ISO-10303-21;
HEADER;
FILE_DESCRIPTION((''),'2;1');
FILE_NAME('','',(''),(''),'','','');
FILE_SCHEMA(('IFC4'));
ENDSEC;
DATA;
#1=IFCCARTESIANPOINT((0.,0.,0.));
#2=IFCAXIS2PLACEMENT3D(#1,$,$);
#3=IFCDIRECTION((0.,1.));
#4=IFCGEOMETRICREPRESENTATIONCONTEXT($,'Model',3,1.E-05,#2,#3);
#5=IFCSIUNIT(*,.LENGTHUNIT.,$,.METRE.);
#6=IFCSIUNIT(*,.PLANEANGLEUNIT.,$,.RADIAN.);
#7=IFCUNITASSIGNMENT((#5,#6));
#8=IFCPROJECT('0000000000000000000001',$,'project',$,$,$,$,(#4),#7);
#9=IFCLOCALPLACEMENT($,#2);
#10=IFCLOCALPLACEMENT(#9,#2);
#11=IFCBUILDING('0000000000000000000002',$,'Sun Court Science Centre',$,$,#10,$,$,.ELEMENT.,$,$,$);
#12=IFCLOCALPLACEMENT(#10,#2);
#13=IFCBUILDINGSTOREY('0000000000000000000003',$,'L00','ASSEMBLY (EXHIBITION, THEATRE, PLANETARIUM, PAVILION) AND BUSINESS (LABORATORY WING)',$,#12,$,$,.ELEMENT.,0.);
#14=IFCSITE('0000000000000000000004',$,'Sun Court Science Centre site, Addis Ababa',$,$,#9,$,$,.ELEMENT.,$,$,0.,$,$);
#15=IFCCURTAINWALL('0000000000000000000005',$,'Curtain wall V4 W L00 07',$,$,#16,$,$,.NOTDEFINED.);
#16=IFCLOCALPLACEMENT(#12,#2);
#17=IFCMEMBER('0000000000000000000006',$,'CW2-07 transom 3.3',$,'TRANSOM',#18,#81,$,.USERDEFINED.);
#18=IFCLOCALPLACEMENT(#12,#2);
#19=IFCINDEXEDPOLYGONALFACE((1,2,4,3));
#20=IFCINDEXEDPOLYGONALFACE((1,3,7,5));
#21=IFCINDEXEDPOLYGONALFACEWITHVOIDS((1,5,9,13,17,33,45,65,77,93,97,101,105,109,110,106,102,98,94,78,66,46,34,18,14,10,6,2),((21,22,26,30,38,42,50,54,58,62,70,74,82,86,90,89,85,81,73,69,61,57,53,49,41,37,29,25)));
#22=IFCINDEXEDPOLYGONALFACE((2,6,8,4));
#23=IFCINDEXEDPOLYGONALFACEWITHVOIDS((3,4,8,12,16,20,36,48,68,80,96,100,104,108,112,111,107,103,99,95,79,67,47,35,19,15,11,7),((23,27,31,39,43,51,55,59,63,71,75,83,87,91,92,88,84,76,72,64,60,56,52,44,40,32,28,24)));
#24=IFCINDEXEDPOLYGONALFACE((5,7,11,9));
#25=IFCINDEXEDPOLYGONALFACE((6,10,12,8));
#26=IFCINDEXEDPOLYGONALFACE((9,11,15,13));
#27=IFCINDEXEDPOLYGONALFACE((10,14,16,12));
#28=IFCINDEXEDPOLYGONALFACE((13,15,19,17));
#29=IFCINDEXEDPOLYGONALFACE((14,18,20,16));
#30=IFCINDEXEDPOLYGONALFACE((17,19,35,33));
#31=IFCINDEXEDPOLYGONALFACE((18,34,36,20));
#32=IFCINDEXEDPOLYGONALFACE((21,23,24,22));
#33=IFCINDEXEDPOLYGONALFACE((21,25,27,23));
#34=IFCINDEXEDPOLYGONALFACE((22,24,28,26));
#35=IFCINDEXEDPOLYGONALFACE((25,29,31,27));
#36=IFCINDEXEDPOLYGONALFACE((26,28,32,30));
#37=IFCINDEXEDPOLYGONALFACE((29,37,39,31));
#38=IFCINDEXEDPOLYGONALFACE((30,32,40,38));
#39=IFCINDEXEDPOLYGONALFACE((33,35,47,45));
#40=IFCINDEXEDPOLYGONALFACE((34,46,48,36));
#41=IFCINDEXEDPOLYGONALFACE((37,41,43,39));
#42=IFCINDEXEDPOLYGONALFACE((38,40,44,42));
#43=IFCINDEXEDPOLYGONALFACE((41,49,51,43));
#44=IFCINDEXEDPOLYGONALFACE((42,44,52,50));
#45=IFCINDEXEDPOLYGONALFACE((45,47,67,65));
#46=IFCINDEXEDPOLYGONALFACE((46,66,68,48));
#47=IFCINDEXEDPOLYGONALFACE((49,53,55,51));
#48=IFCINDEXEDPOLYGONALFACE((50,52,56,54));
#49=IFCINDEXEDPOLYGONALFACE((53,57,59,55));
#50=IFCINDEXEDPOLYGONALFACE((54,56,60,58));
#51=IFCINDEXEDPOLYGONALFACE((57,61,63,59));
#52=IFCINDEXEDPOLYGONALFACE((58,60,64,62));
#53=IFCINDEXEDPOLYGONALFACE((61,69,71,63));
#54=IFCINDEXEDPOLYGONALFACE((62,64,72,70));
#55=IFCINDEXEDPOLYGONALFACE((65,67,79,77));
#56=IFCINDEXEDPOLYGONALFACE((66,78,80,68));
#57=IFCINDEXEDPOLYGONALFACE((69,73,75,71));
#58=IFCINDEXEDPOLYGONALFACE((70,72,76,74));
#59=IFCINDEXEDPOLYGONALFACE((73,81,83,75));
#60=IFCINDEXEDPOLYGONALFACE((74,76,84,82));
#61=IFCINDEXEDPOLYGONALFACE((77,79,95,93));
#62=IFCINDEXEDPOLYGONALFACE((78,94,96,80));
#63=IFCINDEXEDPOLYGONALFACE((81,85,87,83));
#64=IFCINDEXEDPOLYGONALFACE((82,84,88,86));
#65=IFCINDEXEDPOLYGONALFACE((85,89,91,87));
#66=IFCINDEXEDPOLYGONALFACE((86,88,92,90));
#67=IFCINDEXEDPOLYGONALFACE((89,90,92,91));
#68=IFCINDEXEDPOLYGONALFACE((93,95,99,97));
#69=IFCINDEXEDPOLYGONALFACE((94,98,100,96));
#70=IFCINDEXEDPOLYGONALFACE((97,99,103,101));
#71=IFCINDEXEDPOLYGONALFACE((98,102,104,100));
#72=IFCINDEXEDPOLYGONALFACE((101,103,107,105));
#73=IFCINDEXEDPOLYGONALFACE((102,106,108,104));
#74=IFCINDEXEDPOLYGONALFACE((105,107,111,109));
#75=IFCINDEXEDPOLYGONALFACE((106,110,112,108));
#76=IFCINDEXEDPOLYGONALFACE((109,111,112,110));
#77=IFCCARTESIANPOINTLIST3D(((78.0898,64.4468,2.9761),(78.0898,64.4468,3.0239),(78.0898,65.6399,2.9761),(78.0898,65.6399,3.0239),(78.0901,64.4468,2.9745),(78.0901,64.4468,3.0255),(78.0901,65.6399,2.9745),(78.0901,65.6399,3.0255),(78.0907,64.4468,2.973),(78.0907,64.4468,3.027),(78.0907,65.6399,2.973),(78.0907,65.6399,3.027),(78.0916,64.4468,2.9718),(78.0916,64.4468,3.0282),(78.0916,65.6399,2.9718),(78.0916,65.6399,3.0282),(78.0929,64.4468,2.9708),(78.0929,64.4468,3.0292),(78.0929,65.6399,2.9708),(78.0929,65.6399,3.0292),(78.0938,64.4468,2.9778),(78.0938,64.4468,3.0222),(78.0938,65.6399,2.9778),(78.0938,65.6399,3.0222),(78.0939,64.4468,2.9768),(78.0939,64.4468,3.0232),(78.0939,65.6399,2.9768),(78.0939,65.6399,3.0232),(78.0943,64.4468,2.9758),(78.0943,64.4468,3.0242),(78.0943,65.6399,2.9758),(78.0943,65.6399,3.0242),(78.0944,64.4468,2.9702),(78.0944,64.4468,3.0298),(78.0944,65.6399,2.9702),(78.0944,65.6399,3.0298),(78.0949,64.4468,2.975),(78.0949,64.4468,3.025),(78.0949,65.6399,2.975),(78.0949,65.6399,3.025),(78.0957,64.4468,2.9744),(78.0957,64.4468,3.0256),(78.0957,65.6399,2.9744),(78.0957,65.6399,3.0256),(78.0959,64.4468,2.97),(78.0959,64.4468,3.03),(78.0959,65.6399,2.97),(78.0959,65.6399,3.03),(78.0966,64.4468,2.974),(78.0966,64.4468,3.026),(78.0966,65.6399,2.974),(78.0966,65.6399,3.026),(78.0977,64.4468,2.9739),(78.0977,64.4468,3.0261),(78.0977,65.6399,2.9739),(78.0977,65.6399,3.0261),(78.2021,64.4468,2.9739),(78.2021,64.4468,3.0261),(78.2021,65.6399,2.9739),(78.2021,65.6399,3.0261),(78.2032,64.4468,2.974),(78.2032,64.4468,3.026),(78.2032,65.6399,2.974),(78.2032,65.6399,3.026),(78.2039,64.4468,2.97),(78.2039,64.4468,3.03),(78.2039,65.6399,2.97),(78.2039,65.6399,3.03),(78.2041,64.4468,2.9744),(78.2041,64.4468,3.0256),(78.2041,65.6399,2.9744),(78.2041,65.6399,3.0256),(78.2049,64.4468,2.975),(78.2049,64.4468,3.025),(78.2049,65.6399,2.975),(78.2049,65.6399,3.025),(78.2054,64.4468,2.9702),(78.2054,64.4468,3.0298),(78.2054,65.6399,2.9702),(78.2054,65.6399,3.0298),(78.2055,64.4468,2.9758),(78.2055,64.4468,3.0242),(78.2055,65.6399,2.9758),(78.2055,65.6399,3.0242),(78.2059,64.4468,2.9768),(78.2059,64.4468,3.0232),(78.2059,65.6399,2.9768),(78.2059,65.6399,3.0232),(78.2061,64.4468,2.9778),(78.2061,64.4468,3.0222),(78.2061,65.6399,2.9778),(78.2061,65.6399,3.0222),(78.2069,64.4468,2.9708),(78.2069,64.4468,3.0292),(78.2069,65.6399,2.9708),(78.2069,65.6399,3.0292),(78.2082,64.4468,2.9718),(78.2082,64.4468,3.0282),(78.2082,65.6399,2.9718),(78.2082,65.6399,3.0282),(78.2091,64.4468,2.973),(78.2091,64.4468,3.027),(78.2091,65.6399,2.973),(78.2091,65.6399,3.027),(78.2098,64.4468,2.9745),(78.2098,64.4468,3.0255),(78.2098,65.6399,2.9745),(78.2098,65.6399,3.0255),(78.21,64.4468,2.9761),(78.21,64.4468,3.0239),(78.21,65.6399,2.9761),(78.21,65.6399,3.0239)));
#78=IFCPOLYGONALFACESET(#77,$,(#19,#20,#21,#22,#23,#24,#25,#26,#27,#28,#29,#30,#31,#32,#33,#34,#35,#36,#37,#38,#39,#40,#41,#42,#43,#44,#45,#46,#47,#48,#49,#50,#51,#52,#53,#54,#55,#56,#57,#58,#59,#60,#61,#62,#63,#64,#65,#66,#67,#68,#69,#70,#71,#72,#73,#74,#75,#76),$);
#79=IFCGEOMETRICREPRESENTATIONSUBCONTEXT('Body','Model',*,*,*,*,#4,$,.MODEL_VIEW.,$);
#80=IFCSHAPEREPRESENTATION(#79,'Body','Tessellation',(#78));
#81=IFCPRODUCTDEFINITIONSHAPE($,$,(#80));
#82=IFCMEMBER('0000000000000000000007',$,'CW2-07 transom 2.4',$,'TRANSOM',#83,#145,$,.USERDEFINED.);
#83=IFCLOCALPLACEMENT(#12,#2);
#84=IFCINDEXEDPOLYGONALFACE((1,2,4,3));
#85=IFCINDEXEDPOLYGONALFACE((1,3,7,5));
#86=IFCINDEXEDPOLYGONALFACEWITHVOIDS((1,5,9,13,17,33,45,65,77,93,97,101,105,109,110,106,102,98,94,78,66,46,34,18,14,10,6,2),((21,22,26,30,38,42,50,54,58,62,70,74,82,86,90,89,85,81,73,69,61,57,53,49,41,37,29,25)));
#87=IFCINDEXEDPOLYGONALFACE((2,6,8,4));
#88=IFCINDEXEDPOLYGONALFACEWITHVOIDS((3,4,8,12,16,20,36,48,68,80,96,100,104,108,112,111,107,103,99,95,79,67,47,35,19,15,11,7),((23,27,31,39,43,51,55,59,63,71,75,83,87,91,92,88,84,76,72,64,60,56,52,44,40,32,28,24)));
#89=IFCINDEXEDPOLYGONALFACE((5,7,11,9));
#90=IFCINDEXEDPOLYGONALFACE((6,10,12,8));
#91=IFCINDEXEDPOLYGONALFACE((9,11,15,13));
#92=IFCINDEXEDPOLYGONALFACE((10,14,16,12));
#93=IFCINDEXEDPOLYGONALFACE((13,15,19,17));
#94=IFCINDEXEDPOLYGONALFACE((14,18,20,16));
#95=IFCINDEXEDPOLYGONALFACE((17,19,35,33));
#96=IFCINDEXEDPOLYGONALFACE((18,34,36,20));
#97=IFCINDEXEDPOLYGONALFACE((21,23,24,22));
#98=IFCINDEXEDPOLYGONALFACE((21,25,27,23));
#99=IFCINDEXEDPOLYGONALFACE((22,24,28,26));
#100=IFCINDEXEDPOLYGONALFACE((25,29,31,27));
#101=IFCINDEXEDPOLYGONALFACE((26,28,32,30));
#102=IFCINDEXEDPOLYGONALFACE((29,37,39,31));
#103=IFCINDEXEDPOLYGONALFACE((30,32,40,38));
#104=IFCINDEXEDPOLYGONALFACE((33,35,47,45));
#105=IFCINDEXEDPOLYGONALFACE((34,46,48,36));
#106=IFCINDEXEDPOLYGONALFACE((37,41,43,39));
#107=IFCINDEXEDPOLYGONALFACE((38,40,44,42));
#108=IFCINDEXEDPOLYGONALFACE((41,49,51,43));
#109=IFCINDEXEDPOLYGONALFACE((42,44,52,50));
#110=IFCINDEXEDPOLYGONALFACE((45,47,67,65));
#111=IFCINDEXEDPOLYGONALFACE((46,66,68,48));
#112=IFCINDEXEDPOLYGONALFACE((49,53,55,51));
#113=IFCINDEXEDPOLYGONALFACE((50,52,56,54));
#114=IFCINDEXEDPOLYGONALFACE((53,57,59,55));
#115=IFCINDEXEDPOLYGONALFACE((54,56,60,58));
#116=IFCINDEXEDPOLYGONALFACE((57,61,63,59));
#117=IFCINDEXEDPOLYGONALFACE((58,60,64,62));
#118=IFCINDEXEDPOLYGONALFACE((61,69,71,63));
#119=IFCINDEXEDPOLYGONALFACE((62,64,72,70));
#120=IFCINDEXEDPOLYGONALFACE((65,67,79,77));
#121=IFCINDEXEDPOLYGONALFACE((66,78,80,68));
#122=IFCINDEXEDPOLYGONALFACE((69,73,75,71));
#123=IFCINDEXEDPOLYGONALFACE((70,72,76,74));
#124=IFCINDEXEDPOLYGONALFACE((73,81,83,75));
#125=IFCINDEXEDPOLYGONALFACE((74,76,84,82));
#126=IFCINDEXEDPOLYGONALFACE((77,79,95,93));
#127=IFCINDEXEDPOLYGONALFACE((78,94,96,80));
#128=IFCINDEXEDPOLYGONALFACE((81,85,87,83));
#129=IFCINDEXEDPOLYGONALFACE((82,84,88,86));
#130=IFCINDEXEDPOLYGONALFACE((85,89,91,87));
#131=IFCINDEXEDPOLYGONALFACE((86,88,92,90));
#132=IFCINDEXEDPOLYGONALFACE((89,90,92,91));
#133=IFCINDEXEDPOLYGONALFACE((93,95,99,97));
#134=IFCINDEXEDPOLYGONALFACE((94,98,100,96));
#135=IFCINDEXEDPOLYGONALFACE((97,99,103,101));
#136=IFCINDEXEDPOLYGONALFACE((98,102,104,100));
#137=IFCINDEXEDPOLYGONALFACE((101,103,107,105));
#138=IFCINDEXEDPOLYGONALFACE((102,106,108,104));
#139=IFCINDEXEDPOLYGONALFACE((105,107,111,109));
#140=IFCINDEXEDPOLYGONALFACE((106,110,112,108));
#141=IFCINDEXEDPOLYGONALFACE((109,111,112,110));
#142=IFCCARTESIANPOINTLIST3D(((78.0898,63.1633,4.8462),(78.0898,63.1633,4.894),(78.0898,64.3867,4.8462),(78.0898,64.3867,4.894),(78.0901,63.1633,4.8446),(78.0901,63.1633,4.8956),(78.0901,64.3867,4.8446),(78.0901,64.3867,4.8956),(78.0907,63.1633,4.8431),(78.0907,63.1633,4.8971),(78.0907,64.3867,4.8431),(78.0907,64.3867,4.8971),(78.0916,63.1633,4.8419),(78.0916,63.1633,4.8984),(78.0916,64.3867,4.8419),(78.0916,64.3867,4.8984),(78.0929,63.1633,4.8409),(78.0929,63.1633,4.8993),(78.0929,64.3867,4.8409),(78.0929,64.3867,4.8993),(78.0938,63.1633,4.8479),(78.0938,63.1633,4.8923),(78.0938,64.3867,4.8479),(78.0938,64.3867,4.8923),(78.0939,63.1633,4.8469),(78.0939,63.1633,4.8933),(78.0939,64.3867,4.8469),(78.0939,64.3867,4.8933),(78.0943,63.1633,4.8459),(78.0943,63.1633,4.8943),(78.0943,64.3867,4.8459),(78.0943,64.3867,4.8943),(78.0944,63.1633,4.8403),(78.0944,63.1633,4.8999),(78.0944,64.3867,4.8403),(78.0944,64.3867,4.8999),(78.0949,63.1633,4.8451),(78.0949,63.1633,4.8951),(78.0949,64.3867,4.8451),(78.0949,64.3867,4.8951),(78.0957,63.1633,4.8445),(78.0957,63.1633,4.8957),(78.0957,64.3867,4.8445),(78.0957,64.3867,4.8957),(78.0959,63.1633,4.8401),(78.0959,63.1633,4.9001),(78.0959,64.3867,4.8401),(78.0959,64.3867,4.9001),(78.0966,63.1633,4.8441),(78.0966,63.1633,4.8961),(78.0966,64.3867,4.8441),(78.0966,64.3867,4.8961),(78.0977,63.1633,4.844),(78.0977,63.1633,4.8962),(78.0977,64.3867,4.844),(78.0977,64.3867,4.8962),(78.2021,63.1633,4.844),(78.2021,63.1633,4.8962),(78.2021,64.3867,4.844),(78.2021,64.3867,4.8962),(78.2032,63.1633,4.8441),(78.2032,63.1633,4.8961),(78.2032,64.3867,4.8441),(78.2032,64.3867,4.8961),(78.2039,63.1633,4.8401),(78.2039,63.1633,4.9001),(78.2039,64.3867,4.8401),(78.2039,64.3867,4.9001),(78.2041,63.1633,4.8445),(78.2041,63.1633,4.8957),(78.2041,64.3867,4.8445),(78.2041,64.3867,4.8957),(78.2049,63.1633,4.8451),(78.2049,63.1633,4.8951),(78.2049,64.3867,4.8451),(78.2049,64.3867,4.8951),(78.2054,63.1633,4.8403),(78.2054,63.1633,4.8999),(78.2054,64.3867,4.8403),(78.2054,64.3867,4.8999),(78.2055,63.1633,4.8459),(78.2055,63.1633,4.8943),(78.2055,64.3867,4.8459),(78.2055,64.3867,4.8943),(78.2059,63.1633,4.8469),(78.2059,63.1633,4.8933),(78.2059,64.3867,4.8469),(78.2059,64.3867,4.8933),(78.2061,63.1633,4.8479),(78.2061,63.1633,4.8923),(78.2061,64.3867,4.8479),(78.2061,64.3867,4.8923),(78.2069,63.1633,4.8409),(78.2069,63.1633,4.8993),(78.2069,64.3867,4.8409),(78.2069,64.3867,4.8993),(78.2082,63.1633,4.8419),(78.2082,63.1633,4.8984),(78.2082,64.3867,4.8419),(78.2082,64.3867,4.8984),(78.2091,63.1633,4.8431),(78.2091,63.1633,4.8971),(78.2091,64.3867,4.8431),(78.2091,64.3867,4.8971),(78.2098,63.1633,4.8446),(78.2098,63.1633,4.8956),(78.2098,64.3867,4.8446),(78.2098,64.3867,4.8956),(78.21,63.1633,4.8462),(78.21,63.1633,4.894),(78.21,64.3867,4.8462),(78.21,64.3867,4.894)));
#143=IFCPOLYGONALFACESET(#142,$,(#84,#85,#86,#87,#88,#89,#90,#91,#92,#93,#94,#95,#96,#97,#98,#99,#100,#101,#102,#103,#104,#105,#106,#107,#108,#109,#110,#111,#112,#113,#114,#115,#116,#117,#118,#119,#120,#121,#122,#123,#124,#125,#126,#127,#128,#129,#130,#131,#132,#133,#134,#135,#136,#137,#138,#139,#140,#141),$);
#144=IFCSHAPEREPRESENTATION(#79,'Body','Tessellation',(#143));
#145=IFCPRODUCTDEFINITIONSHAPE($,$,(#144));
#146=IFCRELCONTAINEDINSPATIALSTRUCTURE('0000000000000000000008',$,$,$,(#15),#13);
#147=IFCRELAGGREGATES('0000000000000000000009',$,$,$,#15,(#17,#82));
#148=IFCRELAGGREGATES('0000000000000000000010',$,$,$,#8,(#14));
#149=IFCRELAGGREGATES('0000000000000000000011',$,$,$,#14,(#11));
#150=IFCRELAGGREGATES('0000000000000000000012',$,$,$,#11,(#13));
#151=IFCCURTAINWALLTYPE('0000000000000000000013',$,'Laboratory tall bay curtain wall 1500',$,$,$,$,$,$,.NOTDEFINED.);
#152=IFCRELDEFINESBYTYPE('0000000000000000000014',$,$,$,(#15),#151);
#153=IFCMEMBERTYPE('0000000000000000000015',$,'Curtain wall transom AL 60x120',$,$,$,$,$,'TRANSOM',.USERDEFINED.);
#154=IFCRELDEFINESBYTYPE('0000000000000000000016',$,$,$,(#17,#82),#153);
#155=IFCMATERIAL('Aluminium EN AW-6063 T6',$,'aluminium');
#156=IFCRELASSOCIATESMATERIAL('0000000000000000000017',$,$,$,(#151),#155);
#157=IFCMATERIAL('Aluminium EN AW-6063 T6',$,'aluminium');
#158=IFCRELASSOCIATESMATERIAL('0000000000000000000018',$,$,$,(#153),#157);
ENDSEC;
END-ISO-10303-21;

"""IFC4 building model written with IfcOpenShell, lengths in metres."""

from ifc_helpers import new_model, si_unit, direction, frame, origin, origin_2d, place, context, subcontext, project, spatial, hollow_rectangle, extrude, material, material_profile, profile_set, type_object, element, aggregate, save


model = new_model("IFC4")

# Units and contexts
model_context = context("Model", 3, precision=1e-05, world=origin(), true_north=direction((0.0, 1.0)))
body_context = subcontext(model_context, "Body", "Model", "MODEL_VIEW")
ifc_project = project(units=[si_unit("LENGTHUNIT", "METRE"), si_unit("PLANEANGLEUNIT", "RADIAN")], contexts=[model_context])

# Site, building, storey
site_placement = place(None, origin())
site = spatial("IfcSite", under=ifc_project, at=site_placement, Name="Sun Court Science Centre site, Addis Ababa", CompositionType="ELEMENT", RefElevation=0.0)
building_placement = place(site_placement, origin())
building = spatial("IfcBuilding", under=site, at=building_placement, Name="Sun Court Science Centre", CompositionType="ELEMENT")
storey_placement = place(building_placement, origin())
storey = spatial("IfcBuildingStorey", under=building, at=storey_placement, Name="L00", Description="ASSEMBLY (EXHIBITION, THEATRE, PLANETARIUM, PAVILION) AND BUSINESS (LABORATORY WING)", CompositionType="ELEMENT", Elevation=0.0)

# Curtain wall, members
ifc_material_1 = material(Name="Aluminium EN AW-6063 T6", Category="aluminium")
curtain_wall_type = type_object("IfcCurtainWallType", Name="Laboratory tall bay curtain wall 1500", PredefinedType="NOTDEFINED", material=ifc_material_1)
curtain_wall_placement = place(storey_placement, origin())
curtain_wall = element("IfcCurtainWall", 1, at=curtain_wall_placement, inside=storey, type_object=curtain_wall_type, Name="Curtain wall V4 W L00 07", PredefinedType="NOTDEFINED")
ifc_material_2 = material(Name="Aluminium EN AW-6063 T6", Category="aluminium")
ifc_material_profile_1 = material_profile(ifc_material_2, hollow_rectangle(XDim=0.0601, YDim=0.1201, WallThickness=0.0039, InnerFilletRadius=0.0039, OuterFilletRadius=0.0061, at=origin_2d()), Name="AL 60x120x4")
ifc_profile_set_1 = profile_set([ifc_material_profile_1], Name="Aluminium EN AW-6063 T6")
member_type_1 = type_object("IfcMemberType", Name="Curtain wall transom AL 60x120", ElementType="TRANSOM", PredefinedType="USERDEFINED", material=ifc_profile_set_1)
member_1_placement = place(storey_placement, frame((78.1499, 64.4468, 3.0), z_axis=(0.0, 1.0, 0.0), x_axis=(0.0, 0.0, 1.0)))
member_1 = element("IfcMember", 2, at=member_1_placement, type_object=member_type_1, Name="CW2-07 transom 3.3", ObjectType="TRANSOM", PredefinedType="USERDEFINED", context=body_context, shape_type="SweptSolid", body=[
    extrude(hollow_rectangle(XDim=0.0601, YDim=0.1201, WallThickness=0.0039, InnerFilletRadius=0.0039, OuterFilletRadius=0.0061, at=origin_2d()), origin(), (0.0, 0.0, 1.0), 1.1931),
])
member_2_placement = place(storey_placement, frame((78.1499, 63.1633, 4.8701), z_axis=(0.0, 1.0, 0.0), x_axis=(0.0, 0.0, 1.0)))
member_2 = element("IfcMember", 3, at=member_2_placement, type_object=member_type_1, Name="CW2-07 transom 2.4", ObjectType="TRANSOM", PredefinedType="USERDEFINED", context=body_context, shape_type="SweptSolid", body=[
    extrude(hollow_rectangle(XDim=0.0601, YDim=0.1201, WallThickness=0.0039, InnerFilletRadius=0.0039, OuterFilletRadius=0.0061, at=origin_2d()), origin(), (0.0, 0.0, 1.0), 1.2234),
])

aggregate(curtain_wall, [member_1, member_2])

save(model, "model.ifc")
